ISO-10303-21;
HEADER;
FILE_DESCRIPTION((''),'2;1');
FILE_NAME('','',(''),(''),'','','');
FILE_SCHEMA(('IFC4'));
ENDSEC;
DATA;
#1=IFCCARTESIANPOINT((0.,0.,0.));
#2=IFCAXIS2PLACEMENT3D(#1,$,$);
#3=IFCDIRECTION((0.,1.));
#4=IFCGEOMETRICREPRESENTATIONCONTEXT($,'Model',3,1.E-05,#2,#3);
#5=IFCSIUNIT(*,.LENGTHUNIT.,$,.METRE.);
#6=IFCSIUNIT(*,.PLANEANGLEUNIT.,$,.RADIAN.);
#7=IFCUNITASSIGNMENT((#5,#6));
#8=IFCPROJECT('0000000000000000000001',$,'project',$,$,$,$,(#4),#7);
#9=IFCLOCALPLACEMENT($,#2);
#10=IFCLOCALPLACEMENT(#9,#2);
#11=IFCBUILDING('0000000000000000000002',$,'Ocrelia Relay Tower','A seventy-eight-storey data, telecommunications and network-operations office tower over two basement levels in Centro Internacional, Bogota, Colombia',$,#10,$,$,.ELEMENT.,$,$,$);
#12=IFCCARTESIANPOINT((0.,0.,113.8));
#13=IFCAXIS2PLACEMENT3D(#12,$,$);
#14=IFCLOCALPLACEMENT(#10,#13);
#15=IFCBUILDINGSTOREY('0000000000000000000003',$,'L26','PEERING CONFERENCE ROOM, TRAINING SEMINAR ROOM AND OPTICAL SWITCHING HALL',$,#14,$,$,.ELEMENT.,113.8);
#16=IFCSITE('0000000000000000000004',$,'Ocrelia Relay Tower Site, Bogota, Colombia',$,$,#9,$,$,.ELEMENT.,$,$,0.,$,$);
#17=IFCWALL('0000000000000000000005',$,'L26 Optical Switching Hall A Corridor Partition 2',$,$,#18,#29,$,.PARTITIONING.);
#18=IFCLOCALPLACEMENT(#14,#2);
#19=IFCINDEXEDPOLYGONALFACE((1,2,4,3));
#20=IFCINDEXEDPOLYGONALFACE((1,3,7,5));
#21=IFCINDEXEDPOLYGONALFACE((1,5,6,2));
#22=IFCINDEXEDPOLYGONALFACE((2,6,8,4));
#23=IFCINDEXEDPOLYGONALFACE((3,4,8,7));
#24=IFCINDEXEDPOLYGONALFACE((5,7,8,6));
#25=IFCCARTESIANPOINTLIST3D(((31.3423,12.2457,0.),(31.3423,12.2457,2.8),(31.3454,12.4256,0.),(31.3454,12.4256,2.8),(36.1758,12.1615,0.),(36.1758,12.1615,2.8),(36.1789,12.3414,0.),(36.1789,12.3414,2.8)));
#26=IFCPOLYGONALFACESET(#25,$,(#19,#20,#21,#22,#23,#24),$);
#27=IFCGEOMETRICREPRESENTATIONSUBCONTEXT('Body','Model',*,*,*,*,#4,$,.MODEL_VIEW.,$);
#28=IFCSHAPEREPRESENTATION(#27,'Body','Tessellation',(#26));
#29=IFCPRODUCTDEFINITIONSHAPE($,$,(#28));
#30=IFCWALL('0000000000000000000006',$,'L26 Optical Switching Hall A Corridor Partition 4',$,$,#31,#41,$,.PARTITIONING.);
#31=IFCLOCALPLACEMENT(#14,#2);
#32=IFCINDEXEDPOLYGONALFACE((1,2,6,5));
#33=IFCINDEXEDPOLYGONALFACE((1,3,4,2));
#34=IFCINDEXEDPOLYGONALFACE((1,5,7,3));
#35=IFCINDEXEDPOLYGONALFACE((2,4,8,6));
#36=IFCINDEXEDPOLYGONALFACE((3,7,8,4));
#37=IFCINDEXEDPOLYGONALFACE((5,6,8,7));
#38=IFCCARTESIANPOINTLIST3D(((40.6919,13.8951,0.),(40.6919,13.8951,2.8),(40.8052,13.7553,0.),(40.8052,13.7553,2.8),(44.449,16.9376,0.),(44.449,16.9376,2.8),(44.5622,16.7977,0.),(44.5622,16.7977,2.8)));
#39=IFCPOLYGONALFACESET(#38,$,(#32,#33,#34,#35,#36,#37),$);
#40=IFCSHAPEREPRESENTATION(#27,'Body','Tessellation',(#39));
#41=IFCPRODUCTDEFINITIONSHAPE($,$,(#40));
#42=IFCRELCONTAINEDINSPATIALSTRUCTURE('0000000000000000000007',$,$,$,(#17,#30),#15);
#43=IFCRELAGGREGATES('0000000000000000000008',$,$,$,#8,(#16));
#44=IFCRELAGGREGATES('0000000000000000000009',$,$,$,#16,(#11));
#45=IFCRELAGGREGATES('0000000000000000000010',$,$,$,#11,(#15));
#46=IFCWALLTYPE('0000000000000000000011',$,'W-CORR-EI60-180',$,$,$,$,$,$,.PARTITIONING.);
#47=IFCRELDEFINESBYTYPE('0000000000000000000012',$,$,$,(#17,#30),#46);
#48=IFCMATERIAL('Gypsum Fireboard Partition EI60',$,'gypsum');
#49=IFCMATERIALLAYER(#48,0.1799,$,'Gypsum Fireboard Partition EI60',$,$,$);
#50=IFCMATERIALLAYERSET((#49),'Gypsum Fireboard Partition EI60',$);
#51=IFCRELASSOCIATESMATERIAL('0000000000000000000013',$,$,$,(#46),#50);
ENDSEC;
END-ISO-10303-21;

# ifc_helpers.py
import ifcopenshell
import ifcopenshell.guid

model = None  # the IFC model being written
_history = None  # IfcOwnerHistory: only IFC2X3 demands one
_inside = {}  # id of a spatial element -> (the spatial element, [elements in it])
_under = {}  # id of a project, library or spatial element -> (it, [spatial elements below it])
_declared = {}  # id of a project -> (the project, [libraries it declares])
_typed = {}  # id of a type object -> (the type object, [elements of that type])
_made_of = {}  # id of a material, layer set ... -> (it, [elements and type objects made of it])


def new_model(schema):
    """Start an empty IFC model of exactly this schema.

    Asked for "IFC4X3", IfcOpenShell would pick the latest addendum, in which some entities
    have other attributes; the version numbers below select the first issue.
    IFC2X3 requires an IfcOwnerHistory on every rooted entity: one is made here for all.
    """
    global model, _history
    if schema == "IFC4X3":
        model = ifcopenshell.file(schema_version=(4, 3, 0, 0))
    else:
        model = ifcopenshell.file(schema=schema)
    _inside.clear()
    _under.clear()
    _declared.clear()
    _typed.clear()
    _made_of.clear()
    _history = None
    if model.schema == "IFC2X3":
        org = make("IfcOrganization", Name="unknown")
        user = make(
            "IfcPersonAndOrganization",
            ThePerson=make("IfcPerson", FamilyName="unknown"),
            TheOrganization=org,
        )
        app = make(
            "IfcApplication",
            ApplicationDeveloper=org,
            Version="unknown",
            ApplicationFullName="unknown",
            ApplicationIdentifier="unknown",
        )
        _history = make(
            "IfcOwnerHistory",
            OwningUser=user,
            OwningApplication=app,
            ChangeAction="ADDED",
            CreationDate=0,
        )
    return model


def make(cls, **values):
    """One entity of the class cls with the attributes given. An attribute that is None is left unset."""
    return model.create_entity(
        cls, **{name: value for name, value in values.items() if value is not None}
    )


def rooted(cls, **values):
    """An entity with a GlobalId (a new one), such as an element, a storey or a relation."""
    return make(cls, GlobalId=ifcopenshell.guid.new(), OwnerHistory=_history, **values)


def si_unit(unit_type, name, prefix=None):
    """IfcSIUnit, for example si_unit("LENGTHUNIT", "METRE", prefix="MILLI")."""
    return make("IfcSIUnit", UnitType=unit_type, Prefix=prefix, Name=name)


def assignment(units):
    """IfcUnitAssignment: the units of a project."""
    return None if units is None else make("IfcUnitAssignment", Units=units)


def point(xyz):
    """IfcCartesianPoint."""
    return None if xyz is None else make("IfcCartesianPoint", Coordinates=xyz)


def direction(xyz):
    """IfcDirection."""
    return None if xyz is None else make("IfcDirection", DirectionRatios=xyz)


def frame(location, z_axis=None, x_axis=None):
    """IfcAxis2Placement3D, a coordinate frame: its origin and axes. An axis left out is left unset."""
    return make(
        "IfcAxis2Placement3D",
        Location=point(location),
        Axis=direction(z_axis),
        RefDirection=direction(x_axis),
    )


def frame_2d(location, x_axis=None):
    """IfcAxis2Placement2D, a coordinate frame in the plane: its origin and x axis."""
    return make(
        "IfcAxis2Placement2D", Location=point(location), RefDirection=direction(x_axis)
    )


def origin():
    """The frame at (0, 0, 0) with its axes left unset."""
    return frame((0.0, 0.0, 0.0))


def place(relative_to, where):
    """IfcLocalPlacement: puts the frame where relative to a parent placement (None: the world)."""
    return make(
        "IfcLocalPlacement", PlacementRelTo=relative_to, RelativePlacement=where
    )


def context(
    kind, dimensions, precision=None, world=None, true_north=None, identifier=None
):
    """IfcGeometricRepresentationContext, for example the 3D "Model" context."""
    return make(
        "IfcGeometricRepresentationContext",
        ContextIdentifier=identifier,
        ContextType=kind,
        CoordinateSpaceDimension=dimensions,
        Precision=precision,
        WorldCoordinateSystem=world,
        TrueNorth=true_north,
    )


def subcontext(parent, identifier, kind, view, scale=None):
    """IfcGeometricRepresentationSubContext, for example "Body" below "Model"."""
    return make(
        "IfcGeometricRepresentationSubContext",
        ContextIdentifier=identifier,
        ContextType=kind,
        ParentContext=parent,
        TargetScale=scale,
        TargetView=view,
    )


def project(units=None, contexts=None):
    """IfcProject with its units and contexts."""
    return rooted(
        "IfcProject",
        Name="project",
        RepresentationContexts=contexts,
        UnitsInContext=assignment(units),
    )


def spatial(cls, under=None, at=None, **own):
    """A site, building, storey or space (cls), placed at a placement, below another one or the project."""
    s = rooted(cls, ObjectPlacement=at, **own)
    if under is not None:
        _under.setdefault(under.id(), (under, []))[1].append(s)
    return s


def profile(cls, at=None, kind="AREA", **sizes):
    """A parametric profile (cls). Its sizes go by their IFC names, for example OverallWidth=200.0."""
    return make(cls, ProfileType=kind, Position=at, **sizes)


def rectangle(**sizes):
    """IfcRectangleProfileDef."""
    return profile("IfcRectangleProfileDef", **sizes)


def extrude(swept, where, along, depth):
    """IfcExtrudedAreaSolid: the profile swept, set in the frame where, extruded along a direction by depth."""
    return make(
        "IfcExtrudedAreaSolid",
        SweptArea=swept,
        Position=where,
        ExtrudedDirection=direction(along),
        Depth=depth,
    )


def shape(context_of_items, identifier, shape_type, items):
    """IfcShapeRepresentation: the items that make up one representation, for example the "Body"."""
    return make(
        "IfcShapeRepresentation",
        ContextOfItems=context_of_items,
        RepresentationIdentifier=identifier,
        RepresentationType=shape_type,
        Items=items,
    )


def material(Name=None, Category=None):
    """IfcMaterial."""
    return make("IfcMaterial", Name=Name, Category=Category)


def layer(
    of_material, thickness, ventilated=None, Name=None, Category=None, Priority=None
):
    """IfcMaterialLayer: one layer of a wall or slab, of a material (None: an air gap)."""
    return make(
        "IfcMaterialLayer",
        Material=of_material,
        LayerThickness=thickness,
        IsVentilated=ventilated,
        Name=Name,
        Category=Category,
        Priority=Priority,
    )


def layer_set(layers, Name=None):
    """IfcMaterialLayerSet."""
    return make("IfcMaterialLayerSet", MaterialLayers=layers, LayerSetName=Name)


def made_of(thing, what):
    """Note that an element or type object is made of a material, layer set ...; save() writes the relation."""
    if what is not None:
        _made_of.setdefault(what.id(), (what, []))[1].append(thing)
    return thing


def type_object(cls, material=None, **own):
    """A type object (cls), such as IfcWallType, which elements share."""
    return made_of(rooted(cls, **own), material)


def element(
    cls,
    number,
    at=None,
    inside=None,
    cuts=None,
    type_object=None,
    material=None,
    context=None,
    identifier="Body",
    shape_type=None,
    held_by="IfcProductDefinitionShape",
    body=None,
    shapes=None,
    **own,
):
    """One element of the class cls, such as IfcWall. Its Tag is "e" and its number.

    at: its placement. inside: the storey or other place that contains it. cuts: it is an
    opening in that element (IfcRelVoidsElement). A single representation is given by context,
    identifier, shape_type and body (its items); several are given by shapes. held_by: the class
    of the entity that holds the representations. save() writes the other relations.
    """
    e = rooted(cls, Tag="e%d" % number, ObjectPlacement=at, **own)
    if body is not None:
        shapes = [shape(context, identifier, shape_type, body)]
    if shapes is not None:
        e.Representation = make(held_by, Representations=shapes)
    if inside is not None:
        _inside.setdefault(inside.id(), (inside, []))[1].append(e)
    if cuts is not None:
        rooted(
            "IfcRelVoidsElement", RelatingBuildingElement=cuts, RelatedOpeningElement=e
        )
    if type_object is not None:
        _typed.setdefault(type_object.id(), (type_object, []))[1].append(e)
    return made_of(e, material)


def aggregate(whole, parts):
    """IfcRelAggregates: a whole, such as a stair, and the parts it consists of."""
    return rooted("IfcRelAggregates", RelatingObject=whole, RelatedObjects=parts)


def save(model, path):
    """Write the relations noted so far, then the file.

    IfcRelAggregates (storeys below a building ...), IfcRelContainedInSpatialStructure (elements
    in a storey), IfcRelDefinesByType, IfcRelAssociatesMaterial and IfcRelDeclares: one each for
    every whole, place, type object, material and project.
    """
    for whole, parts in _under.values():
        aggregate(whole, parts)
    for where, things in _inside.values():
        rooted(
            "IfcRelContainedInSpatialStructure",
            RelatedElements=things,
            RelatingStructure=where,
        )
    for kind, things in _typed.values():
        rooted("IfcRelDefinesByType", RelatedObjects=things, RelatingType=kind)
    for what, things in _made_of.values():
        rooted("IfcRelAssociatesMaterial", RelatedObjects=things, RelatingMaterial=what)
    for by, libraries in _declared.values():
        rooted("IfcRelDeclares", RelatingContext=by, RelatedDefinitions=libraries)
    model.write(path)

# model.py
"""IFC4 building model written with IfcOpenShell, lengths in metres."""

from ifc_helpers import new_model, si_unit, direction, frame, frame_2d, origin, place, context, subcontext, project, spatial, rectangle, extrude, material, layer, layer_set, type_object, element, save


model = new_model("IFC4")

# Units and contexts
model_context = context("Model", 3, precision=1e-05, world=origin(), true_north=direction((0.0, 1.0)))
body_context = subcontext(model_context, "Body", "Model", "MODEL_VIEW")
ifc_project = project(units=[si_unit("LENGTHUNIT", "METRE"), si_unit("PLANEANGLEUNIT", "RADIAN")], contexts=[model_context])

# Site, building, storey
site_placement = place(None, origin())
site = spatial("IfcSite", under=ifc_project, at=site_placement, Name="Ocrelia Relay Tower Site, Bogota, Colombia", CompositionType="ELEMENT", RefElevation=0.0)
building_placement = place(site_placement, origin())
building = spatial("IfcBuilding", under=site, at=building_placement, Name="Ocrelia Relay Tower", Description="A seventy-eight-storey data, telecommunications and network-operations office tower over two basement levels in Centro Internacional, Bogota, Colombia", CompositionType="ELEMENT")
storey_placement = place(building_placement, frame((0.0, 0.0, 113.8)))
storey = spatial("IfcBuildingStorey", under=building, at=storey_placement, Name="L26", Description="PEERING CONFERENCE ROOM, TRAINING SEMINAR ROOM AND OPTICAL SWITCHING HALL", CompositionType="ELEMENT", Elevation=113.8)

# Wall
ifc_material_1 = material(Name="Gypsum Fireboard Partition EI60", Category="gypsum")
ifc_layer_1 = layer(ifc_material_1, 0.1799, Name="Gypsum Fireboard Partition EI60")
ifc_layer_set_1 = layer_set([ifc_layer_1], Name="Gypsum Fireboard Partition EI60")
wall_type_1 = type_object("IfcWallType", Name="W-CORR-EI60-180", PredefinedType="PARTITIONING", material=ifc_layer_set_1)
wall_1_placement = place(storey_placement, frame((31.344, 12.3357, 0.0), z_axis=(0.0, 0.0, 1.0), x_axis=(0.999848, -0.017423, 0.0)))
element("IfcWall", 1, at=wall_1_placement, inside=storey, type_object=wall_type_1, Name="L26 Optical Switching Hall A Corridor Partition 2", PredefinedType="PARTITIONING", context=body_context, shape_type="SweptSolid", body=[
    extrude(rectangle(XDim=4.8342, YDim=0.1799, at=frame_2d((2.417, 0.0))), origin(), (0.0, 0.0, 1.0), 2.8),
])

# Wall
wall_2_placement = place(storey_placement, frame((40.7485, 13.8252, 0.0), z_axis=(0.0, 0.0, 1.0), x_axis=(0.77714, 0.629328, 0.0)))
element("IfcWall", 2, at=wall_2_placement, inside=storey, type_object=wall_type_1, Name="L26 Optical Switching Hall A Corridor Partition 4", PredefinedType="PARTITIONING", context=body_context, shape_type="SweptSolid", body=[
    extrude(rectangle(XDim=4.8345, YDim=0.1799, at=frame_2d((2.4172, 0.0))), origin(), (0.0, 0.0, 1.0), 2.8),
])

save(model, "model.ifc")
